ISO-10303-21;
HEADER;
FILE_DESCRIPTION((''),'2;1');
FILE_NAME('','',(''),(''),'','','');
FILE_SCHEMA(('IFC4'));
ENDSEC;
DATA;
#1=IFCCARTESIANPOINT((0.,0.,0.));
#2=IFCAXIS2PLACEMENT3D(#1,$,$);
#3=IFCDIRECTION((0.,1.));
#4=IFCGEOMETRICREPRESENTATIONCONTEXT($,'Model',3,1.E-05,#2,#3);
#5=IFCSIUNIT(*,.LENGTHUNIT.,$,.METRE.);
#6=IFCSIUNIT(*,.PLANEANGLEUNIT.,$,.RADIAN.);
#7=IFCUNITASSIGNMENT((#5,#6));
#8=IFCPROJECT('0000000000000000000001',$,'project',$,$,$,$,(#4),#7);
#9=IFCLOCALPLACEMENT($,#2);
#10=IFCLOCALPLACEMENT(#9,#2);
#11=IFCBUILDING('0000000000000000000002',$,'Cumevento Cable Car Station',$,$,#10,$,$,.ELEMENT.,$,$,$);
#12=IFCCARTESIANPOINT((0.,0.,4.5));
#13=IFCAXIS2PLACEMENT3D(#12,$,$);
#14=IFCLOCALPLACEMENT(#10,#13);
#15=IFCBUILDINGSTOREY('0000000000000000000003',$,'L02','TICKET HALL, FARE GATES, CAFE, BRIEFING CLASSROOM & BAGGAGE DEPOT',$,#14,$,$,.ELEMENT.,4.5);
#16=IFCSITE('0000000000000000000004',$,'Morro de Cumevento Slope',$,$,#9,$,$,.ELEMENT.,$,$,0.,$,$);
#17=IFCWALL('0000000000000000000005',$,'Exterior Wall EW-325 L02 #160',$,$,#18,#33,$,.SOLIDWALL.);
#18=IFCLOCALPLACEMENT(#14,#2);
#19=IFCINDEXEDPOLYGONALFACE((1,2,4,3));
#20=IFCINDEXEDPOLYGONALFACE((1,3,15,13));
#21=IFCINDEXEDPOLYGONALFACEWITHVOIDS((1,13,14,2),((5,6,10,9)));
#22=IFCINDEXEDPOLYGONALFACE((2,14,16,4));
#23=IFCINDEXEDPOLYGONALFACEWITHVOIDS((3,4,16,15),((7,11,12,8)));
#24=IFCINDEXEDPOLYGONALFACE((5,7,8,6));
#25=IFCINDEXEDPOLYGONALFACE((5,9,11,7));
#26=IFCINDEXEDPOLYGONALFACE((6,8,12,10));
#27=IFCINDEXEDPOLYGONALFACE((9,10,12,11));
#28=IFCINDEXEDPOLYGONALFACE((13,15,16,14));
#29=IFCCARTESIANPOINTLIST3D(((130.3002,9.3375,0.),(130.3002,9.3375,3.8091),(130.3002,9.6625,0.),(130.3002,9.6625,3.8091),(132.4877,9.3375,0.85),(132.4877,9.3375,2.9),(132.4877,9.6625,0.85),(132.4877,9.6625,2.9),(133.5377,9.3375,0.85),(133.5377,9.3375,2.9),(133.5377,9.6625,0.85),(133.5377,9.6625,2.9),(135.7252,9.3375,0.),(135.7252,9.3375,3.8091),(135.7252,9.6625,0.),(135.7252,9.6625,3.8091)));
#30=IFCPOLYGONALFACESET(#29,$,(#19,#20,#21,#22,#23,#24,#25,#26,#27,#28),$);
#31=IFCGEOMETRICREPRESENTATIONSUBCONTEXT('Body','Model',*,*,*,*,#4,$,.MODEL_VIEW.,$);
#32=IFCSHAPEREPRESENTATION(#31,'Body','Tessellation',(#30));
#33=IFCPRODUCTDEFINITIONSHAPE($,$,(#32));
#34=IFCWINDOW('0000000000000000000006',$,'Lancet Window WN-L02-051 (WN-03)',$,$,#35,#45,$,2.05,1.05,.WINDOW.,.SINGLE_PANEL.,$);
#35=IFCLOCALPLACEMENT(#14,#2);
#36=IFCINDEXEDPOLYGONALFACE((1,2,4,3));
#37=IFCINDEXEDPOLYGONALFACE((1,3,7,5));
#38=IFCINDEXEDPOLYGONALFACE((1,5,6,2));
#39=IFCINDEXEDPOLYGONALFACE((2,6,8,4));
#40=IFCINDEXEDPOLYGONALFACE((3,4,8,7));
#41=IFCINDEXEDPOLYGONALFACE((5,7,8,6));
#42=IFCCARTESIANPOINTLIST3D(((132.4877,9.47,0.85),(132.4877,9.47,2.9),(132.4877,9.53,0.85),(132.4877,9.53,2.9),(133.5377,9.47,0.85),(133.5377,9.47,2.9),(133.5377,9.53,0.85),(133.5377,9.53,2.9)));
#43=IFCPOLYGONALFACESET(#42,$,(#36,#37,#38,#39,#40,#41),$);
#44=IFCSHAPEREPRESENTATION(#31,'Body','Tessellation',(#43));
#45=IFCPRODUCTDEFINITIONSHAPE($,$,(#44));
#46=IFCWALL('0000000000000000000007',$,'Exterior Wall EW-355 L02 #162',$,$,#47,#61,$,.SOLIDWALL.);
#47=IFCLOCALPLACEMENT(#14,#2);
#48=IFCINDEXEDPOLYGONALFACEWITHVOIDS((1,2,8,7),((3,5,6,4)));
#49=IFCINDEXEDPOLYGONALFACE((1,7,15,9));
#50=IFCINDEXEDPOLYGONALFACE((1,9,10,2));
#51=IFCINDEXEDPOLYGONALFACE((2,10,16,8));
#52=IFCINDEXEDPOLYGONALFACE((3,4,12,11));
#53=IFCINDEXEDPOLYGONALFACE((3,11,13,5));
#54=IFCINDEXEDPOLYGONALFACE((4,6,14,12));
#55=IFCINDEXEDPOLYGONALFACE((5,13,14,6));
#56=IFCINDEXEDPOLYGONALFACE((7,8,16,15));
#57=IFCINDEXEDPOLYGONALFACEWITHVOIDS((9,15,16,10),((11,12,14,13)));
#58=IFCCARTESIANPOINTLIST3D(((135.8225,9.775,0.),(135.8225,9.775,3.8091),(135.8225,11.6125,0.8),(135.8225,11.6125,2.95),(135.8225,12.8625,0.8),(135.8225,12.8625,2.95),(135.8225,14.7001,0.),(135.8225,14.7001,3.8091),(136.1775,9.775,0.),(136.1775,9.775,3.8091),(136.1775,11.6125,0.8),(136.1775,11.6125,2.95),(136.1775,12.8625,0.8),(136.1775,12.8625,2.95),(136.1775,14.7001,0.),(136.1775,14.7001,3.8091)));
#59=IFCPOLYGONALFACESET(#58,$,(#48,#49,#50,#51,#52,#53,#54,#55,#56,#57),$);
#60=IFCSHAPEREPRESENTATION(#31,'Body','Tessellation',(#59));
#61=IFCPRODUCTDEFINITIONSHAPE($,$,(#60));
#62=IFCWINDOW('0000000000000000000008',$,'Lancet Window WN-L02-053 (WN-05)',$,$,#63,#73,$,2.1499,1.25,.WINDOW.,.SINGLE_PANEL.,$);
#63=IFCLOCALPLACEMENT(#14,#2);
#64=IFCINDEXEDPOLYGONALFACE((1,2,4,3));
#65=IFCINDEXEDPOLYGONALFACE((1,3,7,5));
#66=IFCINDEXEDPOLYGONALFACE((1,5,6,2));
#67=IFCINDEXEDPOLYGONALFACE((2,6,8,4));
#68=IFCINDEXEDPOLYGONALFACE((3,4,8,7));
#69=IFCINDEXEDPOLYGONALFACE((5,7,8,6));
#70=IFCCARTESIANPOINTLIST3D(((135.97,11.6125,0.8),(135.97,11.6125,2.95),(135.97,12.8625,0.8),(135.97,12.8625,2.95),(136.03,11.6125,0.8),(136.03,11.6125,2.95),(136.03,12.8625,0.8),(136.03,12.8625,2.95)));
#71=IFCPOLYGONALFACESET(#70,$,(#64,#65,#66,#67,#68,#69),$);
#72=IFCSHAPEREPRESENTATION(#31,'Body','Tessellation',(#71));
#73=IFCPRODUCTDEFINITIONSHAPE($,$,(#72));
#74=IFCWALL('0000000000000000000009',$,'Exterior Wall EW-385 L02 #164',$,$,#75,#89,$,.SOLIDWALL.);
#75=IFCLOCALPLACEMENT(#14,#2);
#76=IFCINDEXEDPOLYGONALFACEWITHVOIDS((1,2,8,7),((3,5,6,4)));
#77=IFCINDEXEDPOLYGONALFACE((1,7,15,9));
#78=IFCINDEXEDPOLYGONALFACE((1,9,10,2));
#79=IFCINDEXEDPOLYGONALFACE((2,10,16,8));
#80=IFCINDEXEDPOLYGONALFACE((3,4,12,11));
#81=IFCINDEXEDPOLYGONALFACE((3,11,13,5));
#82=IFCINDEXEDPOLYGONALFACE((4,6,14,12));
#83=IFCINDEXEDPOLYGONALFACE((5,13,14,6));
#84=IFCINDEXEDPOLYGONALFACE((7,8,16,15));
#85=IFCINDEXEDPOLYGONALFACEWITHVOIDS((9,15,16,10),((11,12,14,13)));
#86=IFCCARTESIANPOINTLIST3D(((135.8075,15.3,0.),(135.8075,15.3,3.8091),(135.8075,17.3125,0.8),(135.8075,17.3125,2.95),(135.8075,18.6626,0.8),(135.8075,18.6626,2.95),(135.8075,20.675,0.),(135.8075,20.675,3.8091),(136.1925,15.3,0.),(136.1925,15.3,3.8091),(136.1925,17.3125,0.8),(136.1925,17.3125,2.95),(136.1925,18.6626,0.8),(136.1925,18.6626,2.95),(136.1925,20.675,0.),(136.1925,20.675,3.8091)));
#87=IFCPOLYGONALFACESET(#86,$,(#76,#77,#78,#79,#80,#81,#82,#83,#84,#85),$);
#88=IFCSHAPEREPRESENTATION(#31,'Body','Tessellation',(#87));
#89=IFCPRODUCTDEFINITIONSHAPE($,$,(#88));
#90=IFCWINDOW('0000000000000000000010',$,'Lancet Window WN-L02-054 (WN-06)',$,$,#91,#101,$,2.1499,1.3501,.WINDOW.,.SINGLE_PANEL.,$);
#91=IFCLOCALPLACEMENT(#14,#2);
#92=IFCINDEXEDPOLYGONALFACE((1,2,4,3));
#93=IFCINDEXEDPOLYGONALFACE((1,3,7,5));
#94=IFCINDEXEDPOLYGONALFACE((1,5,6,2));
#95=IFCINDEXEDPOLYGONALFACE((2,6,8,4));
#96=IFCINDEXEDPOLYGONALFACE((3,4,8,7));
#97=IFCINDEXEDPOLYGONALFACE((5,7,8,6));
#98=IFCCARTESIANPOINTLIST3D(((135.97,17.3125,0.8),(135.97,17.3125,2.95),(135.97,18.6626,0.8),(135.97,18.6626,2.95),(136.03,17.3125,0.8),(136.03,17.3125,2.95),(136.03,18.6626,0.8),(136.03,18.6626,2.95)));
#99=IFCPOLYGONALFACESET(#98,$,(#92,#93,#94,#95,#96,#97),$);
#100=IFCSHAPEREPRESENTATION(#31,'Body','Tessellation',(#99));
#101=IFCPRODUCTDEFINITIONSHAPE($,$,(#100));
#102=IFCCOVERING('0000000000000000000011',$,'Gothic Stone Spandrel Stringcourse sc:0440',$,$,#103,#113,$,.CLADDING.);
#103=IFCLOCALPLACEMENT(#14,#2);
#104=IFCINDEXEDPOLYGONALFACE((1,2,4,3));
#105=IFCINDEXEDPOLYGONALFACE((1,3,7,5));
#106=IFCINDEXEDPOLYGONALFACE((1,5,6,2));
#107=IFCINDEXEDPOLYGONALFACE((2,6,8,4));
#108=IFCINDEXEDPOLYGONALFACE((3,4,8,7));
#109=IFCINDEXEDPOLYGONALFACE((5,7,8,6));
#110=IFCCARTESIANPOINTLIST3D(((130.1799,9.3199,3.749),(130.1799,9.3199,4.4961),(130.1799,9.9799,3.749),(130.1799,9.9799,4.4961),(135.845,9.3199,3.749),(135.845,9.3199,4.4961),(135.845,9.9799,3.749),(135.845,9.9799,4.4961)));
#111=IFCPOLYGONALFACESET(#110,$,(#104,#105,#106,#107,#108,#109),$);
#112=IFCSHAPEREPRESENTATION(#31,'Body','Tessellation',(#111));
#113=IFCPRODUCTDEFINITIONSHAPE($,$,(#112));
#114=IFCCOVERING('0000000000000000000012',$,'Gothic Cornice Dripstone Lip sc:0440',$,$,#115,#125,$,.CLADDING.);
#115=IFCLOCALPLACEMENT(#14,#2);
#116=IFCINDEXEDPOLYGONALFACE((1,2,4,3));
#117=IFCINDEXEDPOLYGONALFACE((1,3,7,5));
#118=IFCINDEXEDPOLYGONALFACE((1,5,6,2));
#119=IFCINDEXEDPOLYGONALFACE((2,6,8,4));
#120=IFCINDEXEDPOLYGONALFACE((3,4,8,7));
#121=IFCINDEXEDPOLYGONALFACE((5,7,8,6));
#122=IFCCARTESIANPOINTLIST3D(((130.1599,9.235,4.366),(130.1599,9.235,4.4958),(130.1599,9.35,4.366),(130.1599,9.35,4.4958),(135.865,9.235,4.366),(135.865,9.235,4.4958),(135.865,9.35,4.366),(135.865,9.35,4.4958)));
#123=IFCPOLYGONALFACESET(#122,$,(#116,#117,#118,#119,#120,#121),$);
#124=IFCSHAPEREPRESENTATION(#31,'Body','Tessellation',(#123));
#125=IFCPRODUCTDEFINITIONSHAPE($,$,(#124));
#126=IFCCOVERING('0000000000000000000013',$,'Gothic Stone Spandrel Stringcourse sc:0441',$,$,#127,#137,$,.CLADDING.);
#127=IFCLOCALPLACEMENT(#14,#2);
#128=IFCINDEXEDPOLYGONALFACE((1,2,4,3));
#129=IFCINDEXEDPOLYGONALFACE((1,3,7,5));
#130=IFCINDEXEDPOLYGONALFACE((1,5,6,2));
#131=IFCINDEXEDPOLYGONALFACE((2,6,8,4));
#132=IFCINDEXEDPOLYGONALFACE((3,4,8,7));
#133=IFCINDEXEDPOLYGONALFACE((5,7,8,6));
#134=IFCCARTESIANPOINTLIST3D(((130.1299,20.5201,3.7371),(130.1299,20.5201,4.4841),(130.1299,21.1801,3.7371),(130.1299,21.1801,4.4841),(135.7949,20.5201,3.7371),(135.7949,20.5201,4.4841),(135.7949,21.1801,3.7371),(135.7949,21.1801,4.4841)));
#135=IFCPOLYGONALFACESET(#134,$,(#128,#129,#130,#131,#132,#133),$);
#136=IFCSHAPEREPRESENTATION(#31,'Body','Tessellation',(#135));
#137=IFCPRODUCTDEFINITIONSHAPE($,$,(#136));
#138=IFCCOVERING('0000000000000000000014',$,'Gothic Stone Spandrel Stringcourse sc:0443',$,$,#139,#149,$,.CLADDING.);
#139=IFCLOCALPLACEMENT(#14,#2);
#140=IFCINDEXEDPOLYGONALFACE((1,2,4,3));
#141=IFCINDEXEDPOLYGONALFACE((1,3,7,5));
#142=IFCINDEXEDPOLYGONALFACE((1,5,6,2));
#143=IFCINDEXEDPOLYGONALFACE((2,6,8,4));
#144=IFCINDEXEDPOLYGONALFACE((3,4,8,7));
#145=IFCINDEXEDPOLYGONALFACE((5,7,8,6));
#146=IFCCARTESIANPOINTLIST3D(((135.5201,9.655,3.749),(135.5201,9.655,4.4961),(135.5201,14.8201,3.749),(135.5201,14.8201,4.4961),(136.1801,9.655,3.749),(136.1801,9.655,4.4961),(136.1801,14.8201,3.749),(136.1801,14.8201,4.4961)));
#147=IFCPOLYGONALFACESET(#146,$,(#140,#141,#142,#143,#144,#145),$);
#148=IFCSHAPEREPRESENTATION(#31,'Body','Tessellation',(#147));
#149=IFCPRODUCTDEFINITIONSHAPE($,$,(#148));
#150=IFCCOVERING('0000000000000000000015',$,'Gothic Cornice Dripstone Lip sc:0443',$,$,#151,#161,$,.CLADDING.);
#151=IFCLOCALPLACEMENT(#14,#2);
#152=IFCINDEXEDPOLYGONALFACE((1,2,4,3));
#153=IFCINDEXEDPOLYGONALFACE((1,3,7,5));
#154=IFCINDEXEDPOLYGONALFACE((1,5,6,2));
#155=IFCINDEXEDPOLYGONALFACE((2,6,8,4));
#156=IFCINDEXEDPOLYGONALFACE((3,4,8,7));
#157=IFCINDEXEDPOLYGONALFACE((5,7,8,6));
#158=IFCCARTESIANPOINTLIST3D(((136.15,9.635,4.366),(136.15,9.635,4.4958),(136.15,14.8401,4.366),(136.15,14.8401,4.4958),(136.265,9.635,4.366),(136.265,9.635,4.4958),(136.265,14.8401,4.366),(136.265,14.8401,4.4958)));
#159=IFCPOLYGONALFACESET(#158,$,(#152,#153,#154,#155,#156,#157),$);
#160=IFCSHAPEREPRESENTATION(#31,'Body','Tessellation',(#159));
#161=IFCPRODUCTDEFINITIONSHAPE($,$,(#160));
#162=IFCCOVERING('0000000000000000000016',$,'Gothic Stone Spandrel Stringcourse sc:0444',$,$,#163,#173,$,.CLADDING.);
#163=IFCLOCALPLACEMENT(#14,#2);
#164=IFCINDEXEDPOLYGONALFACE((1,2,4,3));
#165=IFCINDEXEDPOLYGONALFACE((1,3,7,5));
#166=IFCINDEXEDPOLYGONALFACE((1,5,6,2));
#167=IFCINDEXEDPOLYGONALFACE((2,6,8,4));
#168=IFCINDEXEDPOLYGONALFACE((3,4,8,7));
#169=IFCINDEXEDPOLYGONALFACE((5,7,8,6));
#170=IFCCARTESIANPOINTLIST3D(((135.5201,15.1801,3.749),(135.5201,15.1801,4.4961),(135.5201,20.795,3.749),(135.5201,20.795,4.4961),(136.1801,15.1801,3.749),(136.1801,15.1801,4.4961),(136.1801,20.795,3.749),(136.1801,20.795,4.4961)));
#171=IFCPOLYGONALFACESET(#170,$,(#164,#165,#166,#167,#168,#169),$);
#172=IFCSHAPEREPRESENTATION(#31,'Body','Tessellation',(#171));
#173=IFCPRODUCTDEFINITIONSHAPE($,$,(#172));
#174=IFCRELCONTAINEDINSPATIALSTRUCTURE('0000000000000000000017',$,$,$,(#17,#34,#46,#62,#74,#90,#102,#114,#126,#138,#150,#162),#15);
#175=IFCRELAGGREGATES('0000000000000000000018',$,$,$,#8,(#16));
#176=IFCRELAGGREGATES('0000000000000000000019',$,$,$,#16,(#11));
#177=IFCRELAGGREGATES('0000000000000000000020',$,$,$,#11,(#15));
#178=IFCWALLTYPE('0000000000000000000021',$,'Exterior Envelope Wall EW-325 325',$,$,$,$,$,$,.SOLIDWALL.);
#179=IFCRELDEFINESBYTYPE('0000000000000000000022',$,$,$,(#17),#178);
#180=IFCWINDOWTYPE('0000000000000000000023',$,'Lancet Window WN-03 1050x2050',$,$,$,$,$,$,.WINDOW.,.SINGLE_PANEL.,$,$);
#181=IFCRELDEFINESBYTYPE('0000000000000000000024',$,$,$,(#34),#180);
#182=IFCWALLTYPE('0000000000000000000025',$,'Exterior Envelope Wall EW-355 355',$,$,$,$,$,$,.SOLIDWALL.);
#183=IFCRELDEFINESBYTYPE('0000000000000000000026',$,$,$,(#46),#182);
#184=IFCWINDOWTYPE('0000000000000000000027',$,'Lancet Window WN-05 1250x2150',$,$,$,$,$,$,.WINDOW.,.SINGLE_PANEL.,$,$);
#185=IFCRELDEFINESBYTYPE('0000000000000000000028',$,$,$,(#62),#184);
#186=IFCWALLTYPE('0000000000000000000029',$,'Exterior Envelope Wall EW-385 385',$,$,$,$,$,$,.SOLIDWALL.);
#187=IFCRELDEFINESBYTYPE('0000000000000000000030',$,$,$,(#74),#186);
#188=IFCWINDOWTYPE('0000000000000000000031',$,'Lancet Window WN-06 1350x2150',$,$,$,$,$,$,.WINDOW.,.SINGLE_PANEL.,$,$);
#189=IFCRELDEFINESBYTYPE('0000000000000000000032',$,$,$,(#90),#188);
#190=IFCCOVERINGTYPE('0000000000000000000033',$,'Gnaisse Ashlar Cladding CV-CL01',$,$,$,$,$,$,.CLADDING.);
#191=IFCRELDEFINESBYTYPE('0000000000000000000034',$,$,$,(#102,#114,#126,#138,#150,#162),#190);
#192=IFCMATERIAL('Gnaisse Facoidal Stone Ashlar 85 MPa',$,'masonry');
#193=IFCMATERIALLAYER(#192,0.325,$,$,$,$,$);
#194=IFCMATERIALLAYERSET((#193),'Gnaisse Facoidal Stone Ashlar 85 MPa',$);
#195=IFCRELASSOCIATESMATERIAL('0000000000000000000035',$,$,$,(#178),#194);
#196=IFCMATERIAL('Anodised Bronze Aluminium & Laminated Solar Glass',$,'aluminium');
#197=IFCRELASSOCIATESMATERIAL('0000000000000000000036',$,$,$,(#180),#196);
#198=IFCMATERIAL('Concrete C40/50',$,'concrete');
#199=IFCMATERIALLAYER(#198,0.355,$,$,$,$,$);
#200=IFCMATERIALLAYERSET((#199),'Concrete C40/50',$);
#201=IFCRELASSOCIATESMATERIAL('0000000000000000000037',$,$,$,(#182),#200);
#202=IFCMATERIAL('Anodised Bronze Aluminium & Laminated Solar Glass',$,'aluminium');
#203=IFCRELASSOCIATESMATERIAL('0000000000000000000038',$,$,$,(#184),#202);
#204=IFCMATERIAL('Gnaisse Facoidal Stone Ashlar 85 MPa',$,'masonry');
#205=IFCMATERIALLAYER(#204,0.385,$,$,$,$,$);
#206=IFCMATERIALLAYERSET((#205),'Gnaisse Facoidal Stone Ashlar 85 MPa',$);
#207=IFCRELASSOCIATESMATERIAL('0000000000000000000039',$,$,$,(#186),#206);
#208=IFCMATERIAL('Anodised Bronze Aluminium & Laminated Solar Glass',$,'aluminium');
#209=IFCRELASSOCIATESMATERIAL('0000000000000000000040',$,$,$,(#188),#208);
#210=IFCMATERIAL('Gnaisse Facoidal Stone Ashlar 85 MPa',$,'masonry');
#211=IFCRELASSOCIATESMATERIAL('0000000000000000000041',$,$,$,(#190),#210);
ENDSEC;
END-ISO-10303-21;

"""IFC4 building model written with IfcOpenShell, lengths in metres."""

from ifc_helpers import new_model, si_unit, direction, frame, frame_2d, origin, origin_2d, place, context, subcontext, project, spatial, rectangle, extrude, material, layer, layer_set, type_object, element, fill, save


model = new_model("IFC4")

# Units and contexts
model_context = context("Model", 3, precision=1e-05, world=origin(), true_north=direction((0.0, 1.0)))
body_context = subcontext(model_context, "Body", "Model", "MODEL_VIEW")
ifc_project = project(units=[si_unit("LENGTHUNIT", "METRE"), si_unit("PLANEANGLEUNIT", "RADIAN")], contexts=[model_context])

# Site, building, storey
site_placement = place(None, origin())
site = spatial("IfcSite", under=ifc_project, at=site_placement, Name="Morro de Cumevento Slope", CompositionType="ELEMENT", RefElevation=0.0)
building_placement = place(site_placement, origin())
building = spatial("IfcBuilding", under=site, at=building_placement, Name="Cumevento Cable Car Station", CompositionType="ELEMENT")
storey_placement = place(building_placement, frame((0.0, 0.0, 4.5)))
storey = spatial("IfcBuildingStorey", under=building, at=storey_placement, Name="L02", Description="TICKET HALL, FARE GATES, CAFE, BRIEFING CLASSROOM & BAGGAGE DEPOT", CompositionType="ELEMENT", Elevation=4.5)

# Walls, openings, windows
ifc_material_1 = material(Name="Gnaisse Facoidal Stone Ashlar 85 MPa", Category="masonry")
ifc_layer_1 = layer(ifc_material_1, 0.325)
ifc_layer_set_1 = layer_set([ifc_layer_1], Name="Gnaisse Facoidal Stone Ashlar 85 MPa")
wall_type_1 = type_object("IfcWallType", Name="Exterior Envelope Wall EW-325 325", PredefinedType="SOLIDWALL", material=ifc_layer_set_1)
wall_1_placement = place(storey_placement, frame((135.7251, 9.5, 0.0), z_axis=(0.0, 0.0, 1.0), x_axis=(-1.0, 0.0, 0.0)))
wall_1 = element("IfcWall", 1, at=wall_1_placement, inside=storey, type_object=wall_type_1, Name="Exterior Wall EW-325 L02 #160", PredefinedType="SOLIDWALL", context=body_context, shape_type="SweptSolid", body=[
    extrude(rectangle(XDim=5.425, YDim=0.325, at=frame_2d((2.7124, 0.0))), origin(), (0.0, 0.0, 1.0), 3.8091),
])
opening_1_placement = place(wall_1_placement, frame((2.1875, 0.0, 0.8501)))
opening_1 = element("IfcOpeningElement", 2, at=opening_1_placement, cuts=wall_1, PredefinedType="OPENING", context=body_context, shape_type="SweptSolid", body=[
    extrude(rectangle(XDim=1.05, YDim=2.05, at=frame_2d((0.5249, 1.0249))), frame((0.0, 0.1726, 0.0), z_axis=(0.0, -1.0, 0.0), x_axis=(1.0, 0.0, 0.0)), (0.0, 0.0, 1.0), 0.345),
])
ifc_material_2 = material(Name="Anodised Bronze Aluminium & Laminated Solar Glass", Category="aluminium")
window_type_1 = type_object("IfcWindowType", Name="Lancet Window WN-03 1050x2050", PartitioningType="SINGLE_PANEL", PredefinedType="WINDOW", material=ifc_material_2)
window_1_placement = place(opening_1_placement, origin())
window_1 = element("IfcWindow", 3, at=window_1_placement, inside=storey, type_object=window_type_1, Name="Lancet Window WN-L02-051 (WN-03)", OverallHeight=2.05, OverallWidth=1.05, PartitioningType="SINGLE_PANEL", PredefinedType="WINDOW", context=body_context, shape_type="SweptSolid", body=[
    extrude(rectangle(XDim=1.05, YDim=2.05, at=frame_2d((0.5249, 1.0249))), frame((0.0, 0.03, 0.0), z_axis=(0.0, -1.0, 0.0), x_axis=(1.0, 0.0, 0.0)), (0.0, 0.0, 1.0), 0.0601),
])
fill(opening_1, window_1)
ifc_material_3 = material(Name="Concrete C40/50", Category="concrete")
ifc_layer_2 = layer(ifc_material_3, 0.355)
ifc_layer_set_2 = layer_set([ifc_layer_2], Name="Concrete C40/50")
wall_type_2 = type_object("IfcWallType", Name="Exterior Envelope Wall EW-355 355", PredefinedType="SOLIDWALL", material=ifc_layer_set_2)
wall_2_placement = place(storey_placement, frame((136.0, 14.7, 0.0), z_axis=(0.0, 0.0, 1.0), x_axis=(0.0, -1.0, 0.0)))
wall_2 = element("IfcWall", 4, at=wall_2_placement, inside=storey, type_object=wall_type_2, Name="Exterior Wall EW-355 L02 #162", PredefinedType="SOLIDWALL", context=body_context, shape_type="SweptSolid", body=[
    extrude(rectangle(XDim=4.925, YDim=0.355, at=frame_2d((2.4624, 0.0))), origin(), (0.0, 0.0, 1.0), 3.8091),
])
opening_2_placement = place(wall_2_placement, frame((1.8374, 0.0, 0.8)))
opening_2 = element("IfcOpeningElement", 5, at=opening_2_placement, cuts=wall_2, PredefinedType="OPENING", context=body_context, shape_type="SweptSolid", body=[
    extrude(rectangle(XDim=1.25, YDim=2.1499, at=frame_2d((0.625, 1.075))), frame((0.0, 0.1875, 0.0), z_axis=(0.0, -1.0, 0.0), x_axis=(1.0, 0.0, 0.0)), (0.0, 0.0, 1.0), 0.375),
])
ifc_material_4 = material(Name="Anodised Bronze Aluminium & Laminated Solar Glass", Category="aluminium")
window_type_2 = type_object("IfcWindowType", Name="Lancet Window WN-05 1250x2150", PartitioningType="SINGLE_PANEL", PredefinedType="WINDOW", material=ifc_material_4)
window_2_placement = place(opening_2_placement, origin())
window_2 = element("IfcWindow", 6, at=window_2_placement, inside=storey, type_object=window_type_2, Name="Lancet Window WN-L02-053 (WN-05)", OverallHeight=2.1499, OverallWidth=1.25, PartitioningType="SINGLE_PANEL", PredefinedType="WINDOW", context=body_context, shape_type="SweptSolid", body=[
    extrude(rectangle(XDim=1.25, YDim=2.1499, at=frame_2d((0.625, 1.075))), frame((0.0, 0.03, 0.0), z_axis=(0.0, -1.0, 0.0), x_axis=(1.0, 0.0, 0.0)), (0.0, 0.0, 1.0), 0.0601),
])
fill(opening_2, window_2)
ifc_material_5 = material(Name="Gnaisse Facoidal Stone Ashlar 85 MPa", Category="masonry")
ifc_layer_3 = layer(ifc_material_5, 0.385)
ifc_layer_set_3 = layer_set([ifc_layer_3], Name="Gnaisse Facoidal Stone Ashlar 85 MPa")
wall_type_3 = type_object("IfcWallType", Name="Exterior Envelope Wall EW-385 385", PredefinedType="SOLIDWALL", material=ifc_layer_set_3)
wall_3_placement = place(storey_placement, frame((136.0, 20.675, 0.0), z_axis=(0.0, 0.0, 1.0), x_axis=(0.0, -1.0, 0.0)))
wall_3 = element("IfcWall", 7, at=wall_3_placement, inside=storey, type_object=wall_type_3, Name="Exterior Wall EW-385 L02 #164", PredefinedType="SOLIDWALL", context=body_context, shape_type="SweptSolid", body=[
    extrude(rectangle(XDim=5.375, YDim=0.385, at=frame_2d((2.6875, 0.0))), origin(), (0.0, 0.0, 1.0), 3.8091),
])
opening_3_placement = place(wall_3_placement, frame((2.0125, 0.0, 0.8)))
opening_3 = element("IfcOpeningElement", 8, at=opening_3_placement, cuts=wall_3, PredefinedType="OPENING", context=body_context, shape_type="SweptSolid", body=[
    extrude(rectangle(XDim=1.3501, YDim=2.1499, at=frame_2d((0.675, 1.075))), frame((0.0, 0.2024, 0.0), z_axis=(0.0, -1.0, 0.0), x_axis=(1.0, 0.0, 0.0)), (0.0, 0.0, 1.0), 0.405),
])
ifc_material_6 = material(Name="Anodised Bronze Aluminium & Laminated Solar Glass", Category="aluminium")
window_type_3 = type_object("IfcWindowType", Name="Lancet Window WN-06 1350x2150", PartitioningType="SINGLE_PANEL", PredefinedType="WINDOW", material=ifc_material_6)
window_3_placement = place(opening_3_placement, origin())
window_3 = element("IfcWindow", 9, at=window_3_placement, inside=storey, type_object=window_type_3, Name="Lancet Window WN-L02-054 (WN-06)", OverallHeight=2.1499, OverallWidth=1.3501, PartitioningType="SINGLE_PANEL", PredefinedType="WINDOW", context=body_context, shape_type="SweptSolid", body=[
    extrude(rectangle(XDim=1.3501, YDim=2.1499, at=frame_2d((0.675, 1.075))), frame((0.0, 0.03, 0.0), z_axis=(0.0, -1.0, 0.0), x_axis=(1.0, 0.0, 0.0)), (0.0, 0.0, 1.0), 0.0601),
])
fill(opening_3, window_3)

# Coverings
ifc_material_7 = material(Name="Gnaisse Facoidal Stone Ashlar 85 MPa", Category="masonry")
covering_type = type_object("IfcCoveringType", Name="Gnaisse Ashlar Cladding CV-CL01", PredefinedType="CLADDING", material=ifc_material_7)
covering_1_placement = place(storey_placement, frame((133.0125, 9.6499, 3.749), z_axis=(0.0, 0.0, 1.0), x_axis=(-1.0, 0.0, 0.0)))
element("IfcCovering", 10, at=covering_1_placement, inside=storey, type_object=covering_type, Name="Gothic Stone Spandrel Stringcourse sc:0440", PredefinedType="CLADDING", context=body_context, shape_type="SweptSolid", body=[
    extrude(rectangle(XDim=5.665, YDim=0.6599, at=origin_2d()), origin(), (0.0, 0.0, 1.0), 0.7471),
])
covering_2_placement = place(storey_placement, frame((133.0125, 9.2925, 4.366), z_axis=(0.0, 0.0, 1.0), x_axis=(-1.0, 0.0, 0.0)))
element("IfcCovering", 11, at=covering_2_placement, inside=storey, type_object=covering_type, Name="Gothic Cornice Dripstone Lip sc:0440", PredefinedType="CLADDING", context=body_context, shape_type="SweptSolid", body=[
    extrude(rectangle(XDim=5.7051, YDim=0.115, at=origin_2d()), origin(), (0.0, 0.0, 1.0), 0.1299),
])
covering_3_placement = place(storey_placement, frame((132.9624, 20.8501, 3.7371), z_axis=(0.0, 0.0, 1.0), x_axis=(1.0, 0.0, 0.0)))
element("IfcCovering", 12, at=covering_3_placement, inside=storey, type_object=covering_type, Name="Gothic Stone Spandrel Stringcourse sc:0441", PredefinedType="CLADDING", context=body_context, shape_type="SweptSolid", body=[
    extrude(rectangle(XDim=5.665, YDim=0.6599, at=origin_2d()), origin(), (0.0, 0.0, 1.0), 0.7471),
])
covering_4_placement = place(storey_placement, frame((135.8501, 12.2375, 3.749), z_axis=(0.0, 0.0, 1.0), x_axis=(0.0, -1.0, 0.0)))
element("IfcCovering", 13, at=covering_4_placement, inside=storey, type_object=covering_type, Name="Gothic Stone Spandrel Stringcourse sc:0443", PredefinedType="CLADDING", context=body_context, shape_type="SweptSolid", body=[
    extrude(rectangle(XDim=5.165, YDim=0.6599, at=origin_2d()), origin(), (0.0, 0.0, 1.0), 0.7471),
])
covering_5_placement = place(storey_placement, frame((136.2075, 12.2375, 4.366), z_axis=(0.0, 0.0, 1.0), x_axis=(0.0, -1.0, 0.0)))
element("IfcCovering", 14, at=covering_5_placement, inside=storey, type_object=covering_type, Name="Gothic Cornice Dripstone Lip sc:0443", PredefinedType="CLADDING", context=body_context, shape_type="SweptSolid", body=[
    extrude(rectangle(XDim=5.2051, YDim=0.115, at=origin_2d()), origin(), (0.0, 0.0, 1.0), 0.1299),
])
covering_6_placement = place(storey_placement, frame((135.8501, 17.9875, 3.749), z_axis=(0.0, 0.0, 1.0), x_axis=(0.0, -1.0, 0.0)))
element("IfcCovering", 15, at=covering_6_placement, inside=storey, type_object=covering_type, Name="Gothic Stone Spandrel Stringcourse sc:0444", PredefinedType="CLADDING", context=body_context, shape_type="SweptSolid", body=[
    extrude(rectangle(XDim=5.615, YDim=0.6599, at=origin_2d()), origin(), (0.0, 0.0, 1.0), 0.7471),
])

save(model, "model.ifc")
